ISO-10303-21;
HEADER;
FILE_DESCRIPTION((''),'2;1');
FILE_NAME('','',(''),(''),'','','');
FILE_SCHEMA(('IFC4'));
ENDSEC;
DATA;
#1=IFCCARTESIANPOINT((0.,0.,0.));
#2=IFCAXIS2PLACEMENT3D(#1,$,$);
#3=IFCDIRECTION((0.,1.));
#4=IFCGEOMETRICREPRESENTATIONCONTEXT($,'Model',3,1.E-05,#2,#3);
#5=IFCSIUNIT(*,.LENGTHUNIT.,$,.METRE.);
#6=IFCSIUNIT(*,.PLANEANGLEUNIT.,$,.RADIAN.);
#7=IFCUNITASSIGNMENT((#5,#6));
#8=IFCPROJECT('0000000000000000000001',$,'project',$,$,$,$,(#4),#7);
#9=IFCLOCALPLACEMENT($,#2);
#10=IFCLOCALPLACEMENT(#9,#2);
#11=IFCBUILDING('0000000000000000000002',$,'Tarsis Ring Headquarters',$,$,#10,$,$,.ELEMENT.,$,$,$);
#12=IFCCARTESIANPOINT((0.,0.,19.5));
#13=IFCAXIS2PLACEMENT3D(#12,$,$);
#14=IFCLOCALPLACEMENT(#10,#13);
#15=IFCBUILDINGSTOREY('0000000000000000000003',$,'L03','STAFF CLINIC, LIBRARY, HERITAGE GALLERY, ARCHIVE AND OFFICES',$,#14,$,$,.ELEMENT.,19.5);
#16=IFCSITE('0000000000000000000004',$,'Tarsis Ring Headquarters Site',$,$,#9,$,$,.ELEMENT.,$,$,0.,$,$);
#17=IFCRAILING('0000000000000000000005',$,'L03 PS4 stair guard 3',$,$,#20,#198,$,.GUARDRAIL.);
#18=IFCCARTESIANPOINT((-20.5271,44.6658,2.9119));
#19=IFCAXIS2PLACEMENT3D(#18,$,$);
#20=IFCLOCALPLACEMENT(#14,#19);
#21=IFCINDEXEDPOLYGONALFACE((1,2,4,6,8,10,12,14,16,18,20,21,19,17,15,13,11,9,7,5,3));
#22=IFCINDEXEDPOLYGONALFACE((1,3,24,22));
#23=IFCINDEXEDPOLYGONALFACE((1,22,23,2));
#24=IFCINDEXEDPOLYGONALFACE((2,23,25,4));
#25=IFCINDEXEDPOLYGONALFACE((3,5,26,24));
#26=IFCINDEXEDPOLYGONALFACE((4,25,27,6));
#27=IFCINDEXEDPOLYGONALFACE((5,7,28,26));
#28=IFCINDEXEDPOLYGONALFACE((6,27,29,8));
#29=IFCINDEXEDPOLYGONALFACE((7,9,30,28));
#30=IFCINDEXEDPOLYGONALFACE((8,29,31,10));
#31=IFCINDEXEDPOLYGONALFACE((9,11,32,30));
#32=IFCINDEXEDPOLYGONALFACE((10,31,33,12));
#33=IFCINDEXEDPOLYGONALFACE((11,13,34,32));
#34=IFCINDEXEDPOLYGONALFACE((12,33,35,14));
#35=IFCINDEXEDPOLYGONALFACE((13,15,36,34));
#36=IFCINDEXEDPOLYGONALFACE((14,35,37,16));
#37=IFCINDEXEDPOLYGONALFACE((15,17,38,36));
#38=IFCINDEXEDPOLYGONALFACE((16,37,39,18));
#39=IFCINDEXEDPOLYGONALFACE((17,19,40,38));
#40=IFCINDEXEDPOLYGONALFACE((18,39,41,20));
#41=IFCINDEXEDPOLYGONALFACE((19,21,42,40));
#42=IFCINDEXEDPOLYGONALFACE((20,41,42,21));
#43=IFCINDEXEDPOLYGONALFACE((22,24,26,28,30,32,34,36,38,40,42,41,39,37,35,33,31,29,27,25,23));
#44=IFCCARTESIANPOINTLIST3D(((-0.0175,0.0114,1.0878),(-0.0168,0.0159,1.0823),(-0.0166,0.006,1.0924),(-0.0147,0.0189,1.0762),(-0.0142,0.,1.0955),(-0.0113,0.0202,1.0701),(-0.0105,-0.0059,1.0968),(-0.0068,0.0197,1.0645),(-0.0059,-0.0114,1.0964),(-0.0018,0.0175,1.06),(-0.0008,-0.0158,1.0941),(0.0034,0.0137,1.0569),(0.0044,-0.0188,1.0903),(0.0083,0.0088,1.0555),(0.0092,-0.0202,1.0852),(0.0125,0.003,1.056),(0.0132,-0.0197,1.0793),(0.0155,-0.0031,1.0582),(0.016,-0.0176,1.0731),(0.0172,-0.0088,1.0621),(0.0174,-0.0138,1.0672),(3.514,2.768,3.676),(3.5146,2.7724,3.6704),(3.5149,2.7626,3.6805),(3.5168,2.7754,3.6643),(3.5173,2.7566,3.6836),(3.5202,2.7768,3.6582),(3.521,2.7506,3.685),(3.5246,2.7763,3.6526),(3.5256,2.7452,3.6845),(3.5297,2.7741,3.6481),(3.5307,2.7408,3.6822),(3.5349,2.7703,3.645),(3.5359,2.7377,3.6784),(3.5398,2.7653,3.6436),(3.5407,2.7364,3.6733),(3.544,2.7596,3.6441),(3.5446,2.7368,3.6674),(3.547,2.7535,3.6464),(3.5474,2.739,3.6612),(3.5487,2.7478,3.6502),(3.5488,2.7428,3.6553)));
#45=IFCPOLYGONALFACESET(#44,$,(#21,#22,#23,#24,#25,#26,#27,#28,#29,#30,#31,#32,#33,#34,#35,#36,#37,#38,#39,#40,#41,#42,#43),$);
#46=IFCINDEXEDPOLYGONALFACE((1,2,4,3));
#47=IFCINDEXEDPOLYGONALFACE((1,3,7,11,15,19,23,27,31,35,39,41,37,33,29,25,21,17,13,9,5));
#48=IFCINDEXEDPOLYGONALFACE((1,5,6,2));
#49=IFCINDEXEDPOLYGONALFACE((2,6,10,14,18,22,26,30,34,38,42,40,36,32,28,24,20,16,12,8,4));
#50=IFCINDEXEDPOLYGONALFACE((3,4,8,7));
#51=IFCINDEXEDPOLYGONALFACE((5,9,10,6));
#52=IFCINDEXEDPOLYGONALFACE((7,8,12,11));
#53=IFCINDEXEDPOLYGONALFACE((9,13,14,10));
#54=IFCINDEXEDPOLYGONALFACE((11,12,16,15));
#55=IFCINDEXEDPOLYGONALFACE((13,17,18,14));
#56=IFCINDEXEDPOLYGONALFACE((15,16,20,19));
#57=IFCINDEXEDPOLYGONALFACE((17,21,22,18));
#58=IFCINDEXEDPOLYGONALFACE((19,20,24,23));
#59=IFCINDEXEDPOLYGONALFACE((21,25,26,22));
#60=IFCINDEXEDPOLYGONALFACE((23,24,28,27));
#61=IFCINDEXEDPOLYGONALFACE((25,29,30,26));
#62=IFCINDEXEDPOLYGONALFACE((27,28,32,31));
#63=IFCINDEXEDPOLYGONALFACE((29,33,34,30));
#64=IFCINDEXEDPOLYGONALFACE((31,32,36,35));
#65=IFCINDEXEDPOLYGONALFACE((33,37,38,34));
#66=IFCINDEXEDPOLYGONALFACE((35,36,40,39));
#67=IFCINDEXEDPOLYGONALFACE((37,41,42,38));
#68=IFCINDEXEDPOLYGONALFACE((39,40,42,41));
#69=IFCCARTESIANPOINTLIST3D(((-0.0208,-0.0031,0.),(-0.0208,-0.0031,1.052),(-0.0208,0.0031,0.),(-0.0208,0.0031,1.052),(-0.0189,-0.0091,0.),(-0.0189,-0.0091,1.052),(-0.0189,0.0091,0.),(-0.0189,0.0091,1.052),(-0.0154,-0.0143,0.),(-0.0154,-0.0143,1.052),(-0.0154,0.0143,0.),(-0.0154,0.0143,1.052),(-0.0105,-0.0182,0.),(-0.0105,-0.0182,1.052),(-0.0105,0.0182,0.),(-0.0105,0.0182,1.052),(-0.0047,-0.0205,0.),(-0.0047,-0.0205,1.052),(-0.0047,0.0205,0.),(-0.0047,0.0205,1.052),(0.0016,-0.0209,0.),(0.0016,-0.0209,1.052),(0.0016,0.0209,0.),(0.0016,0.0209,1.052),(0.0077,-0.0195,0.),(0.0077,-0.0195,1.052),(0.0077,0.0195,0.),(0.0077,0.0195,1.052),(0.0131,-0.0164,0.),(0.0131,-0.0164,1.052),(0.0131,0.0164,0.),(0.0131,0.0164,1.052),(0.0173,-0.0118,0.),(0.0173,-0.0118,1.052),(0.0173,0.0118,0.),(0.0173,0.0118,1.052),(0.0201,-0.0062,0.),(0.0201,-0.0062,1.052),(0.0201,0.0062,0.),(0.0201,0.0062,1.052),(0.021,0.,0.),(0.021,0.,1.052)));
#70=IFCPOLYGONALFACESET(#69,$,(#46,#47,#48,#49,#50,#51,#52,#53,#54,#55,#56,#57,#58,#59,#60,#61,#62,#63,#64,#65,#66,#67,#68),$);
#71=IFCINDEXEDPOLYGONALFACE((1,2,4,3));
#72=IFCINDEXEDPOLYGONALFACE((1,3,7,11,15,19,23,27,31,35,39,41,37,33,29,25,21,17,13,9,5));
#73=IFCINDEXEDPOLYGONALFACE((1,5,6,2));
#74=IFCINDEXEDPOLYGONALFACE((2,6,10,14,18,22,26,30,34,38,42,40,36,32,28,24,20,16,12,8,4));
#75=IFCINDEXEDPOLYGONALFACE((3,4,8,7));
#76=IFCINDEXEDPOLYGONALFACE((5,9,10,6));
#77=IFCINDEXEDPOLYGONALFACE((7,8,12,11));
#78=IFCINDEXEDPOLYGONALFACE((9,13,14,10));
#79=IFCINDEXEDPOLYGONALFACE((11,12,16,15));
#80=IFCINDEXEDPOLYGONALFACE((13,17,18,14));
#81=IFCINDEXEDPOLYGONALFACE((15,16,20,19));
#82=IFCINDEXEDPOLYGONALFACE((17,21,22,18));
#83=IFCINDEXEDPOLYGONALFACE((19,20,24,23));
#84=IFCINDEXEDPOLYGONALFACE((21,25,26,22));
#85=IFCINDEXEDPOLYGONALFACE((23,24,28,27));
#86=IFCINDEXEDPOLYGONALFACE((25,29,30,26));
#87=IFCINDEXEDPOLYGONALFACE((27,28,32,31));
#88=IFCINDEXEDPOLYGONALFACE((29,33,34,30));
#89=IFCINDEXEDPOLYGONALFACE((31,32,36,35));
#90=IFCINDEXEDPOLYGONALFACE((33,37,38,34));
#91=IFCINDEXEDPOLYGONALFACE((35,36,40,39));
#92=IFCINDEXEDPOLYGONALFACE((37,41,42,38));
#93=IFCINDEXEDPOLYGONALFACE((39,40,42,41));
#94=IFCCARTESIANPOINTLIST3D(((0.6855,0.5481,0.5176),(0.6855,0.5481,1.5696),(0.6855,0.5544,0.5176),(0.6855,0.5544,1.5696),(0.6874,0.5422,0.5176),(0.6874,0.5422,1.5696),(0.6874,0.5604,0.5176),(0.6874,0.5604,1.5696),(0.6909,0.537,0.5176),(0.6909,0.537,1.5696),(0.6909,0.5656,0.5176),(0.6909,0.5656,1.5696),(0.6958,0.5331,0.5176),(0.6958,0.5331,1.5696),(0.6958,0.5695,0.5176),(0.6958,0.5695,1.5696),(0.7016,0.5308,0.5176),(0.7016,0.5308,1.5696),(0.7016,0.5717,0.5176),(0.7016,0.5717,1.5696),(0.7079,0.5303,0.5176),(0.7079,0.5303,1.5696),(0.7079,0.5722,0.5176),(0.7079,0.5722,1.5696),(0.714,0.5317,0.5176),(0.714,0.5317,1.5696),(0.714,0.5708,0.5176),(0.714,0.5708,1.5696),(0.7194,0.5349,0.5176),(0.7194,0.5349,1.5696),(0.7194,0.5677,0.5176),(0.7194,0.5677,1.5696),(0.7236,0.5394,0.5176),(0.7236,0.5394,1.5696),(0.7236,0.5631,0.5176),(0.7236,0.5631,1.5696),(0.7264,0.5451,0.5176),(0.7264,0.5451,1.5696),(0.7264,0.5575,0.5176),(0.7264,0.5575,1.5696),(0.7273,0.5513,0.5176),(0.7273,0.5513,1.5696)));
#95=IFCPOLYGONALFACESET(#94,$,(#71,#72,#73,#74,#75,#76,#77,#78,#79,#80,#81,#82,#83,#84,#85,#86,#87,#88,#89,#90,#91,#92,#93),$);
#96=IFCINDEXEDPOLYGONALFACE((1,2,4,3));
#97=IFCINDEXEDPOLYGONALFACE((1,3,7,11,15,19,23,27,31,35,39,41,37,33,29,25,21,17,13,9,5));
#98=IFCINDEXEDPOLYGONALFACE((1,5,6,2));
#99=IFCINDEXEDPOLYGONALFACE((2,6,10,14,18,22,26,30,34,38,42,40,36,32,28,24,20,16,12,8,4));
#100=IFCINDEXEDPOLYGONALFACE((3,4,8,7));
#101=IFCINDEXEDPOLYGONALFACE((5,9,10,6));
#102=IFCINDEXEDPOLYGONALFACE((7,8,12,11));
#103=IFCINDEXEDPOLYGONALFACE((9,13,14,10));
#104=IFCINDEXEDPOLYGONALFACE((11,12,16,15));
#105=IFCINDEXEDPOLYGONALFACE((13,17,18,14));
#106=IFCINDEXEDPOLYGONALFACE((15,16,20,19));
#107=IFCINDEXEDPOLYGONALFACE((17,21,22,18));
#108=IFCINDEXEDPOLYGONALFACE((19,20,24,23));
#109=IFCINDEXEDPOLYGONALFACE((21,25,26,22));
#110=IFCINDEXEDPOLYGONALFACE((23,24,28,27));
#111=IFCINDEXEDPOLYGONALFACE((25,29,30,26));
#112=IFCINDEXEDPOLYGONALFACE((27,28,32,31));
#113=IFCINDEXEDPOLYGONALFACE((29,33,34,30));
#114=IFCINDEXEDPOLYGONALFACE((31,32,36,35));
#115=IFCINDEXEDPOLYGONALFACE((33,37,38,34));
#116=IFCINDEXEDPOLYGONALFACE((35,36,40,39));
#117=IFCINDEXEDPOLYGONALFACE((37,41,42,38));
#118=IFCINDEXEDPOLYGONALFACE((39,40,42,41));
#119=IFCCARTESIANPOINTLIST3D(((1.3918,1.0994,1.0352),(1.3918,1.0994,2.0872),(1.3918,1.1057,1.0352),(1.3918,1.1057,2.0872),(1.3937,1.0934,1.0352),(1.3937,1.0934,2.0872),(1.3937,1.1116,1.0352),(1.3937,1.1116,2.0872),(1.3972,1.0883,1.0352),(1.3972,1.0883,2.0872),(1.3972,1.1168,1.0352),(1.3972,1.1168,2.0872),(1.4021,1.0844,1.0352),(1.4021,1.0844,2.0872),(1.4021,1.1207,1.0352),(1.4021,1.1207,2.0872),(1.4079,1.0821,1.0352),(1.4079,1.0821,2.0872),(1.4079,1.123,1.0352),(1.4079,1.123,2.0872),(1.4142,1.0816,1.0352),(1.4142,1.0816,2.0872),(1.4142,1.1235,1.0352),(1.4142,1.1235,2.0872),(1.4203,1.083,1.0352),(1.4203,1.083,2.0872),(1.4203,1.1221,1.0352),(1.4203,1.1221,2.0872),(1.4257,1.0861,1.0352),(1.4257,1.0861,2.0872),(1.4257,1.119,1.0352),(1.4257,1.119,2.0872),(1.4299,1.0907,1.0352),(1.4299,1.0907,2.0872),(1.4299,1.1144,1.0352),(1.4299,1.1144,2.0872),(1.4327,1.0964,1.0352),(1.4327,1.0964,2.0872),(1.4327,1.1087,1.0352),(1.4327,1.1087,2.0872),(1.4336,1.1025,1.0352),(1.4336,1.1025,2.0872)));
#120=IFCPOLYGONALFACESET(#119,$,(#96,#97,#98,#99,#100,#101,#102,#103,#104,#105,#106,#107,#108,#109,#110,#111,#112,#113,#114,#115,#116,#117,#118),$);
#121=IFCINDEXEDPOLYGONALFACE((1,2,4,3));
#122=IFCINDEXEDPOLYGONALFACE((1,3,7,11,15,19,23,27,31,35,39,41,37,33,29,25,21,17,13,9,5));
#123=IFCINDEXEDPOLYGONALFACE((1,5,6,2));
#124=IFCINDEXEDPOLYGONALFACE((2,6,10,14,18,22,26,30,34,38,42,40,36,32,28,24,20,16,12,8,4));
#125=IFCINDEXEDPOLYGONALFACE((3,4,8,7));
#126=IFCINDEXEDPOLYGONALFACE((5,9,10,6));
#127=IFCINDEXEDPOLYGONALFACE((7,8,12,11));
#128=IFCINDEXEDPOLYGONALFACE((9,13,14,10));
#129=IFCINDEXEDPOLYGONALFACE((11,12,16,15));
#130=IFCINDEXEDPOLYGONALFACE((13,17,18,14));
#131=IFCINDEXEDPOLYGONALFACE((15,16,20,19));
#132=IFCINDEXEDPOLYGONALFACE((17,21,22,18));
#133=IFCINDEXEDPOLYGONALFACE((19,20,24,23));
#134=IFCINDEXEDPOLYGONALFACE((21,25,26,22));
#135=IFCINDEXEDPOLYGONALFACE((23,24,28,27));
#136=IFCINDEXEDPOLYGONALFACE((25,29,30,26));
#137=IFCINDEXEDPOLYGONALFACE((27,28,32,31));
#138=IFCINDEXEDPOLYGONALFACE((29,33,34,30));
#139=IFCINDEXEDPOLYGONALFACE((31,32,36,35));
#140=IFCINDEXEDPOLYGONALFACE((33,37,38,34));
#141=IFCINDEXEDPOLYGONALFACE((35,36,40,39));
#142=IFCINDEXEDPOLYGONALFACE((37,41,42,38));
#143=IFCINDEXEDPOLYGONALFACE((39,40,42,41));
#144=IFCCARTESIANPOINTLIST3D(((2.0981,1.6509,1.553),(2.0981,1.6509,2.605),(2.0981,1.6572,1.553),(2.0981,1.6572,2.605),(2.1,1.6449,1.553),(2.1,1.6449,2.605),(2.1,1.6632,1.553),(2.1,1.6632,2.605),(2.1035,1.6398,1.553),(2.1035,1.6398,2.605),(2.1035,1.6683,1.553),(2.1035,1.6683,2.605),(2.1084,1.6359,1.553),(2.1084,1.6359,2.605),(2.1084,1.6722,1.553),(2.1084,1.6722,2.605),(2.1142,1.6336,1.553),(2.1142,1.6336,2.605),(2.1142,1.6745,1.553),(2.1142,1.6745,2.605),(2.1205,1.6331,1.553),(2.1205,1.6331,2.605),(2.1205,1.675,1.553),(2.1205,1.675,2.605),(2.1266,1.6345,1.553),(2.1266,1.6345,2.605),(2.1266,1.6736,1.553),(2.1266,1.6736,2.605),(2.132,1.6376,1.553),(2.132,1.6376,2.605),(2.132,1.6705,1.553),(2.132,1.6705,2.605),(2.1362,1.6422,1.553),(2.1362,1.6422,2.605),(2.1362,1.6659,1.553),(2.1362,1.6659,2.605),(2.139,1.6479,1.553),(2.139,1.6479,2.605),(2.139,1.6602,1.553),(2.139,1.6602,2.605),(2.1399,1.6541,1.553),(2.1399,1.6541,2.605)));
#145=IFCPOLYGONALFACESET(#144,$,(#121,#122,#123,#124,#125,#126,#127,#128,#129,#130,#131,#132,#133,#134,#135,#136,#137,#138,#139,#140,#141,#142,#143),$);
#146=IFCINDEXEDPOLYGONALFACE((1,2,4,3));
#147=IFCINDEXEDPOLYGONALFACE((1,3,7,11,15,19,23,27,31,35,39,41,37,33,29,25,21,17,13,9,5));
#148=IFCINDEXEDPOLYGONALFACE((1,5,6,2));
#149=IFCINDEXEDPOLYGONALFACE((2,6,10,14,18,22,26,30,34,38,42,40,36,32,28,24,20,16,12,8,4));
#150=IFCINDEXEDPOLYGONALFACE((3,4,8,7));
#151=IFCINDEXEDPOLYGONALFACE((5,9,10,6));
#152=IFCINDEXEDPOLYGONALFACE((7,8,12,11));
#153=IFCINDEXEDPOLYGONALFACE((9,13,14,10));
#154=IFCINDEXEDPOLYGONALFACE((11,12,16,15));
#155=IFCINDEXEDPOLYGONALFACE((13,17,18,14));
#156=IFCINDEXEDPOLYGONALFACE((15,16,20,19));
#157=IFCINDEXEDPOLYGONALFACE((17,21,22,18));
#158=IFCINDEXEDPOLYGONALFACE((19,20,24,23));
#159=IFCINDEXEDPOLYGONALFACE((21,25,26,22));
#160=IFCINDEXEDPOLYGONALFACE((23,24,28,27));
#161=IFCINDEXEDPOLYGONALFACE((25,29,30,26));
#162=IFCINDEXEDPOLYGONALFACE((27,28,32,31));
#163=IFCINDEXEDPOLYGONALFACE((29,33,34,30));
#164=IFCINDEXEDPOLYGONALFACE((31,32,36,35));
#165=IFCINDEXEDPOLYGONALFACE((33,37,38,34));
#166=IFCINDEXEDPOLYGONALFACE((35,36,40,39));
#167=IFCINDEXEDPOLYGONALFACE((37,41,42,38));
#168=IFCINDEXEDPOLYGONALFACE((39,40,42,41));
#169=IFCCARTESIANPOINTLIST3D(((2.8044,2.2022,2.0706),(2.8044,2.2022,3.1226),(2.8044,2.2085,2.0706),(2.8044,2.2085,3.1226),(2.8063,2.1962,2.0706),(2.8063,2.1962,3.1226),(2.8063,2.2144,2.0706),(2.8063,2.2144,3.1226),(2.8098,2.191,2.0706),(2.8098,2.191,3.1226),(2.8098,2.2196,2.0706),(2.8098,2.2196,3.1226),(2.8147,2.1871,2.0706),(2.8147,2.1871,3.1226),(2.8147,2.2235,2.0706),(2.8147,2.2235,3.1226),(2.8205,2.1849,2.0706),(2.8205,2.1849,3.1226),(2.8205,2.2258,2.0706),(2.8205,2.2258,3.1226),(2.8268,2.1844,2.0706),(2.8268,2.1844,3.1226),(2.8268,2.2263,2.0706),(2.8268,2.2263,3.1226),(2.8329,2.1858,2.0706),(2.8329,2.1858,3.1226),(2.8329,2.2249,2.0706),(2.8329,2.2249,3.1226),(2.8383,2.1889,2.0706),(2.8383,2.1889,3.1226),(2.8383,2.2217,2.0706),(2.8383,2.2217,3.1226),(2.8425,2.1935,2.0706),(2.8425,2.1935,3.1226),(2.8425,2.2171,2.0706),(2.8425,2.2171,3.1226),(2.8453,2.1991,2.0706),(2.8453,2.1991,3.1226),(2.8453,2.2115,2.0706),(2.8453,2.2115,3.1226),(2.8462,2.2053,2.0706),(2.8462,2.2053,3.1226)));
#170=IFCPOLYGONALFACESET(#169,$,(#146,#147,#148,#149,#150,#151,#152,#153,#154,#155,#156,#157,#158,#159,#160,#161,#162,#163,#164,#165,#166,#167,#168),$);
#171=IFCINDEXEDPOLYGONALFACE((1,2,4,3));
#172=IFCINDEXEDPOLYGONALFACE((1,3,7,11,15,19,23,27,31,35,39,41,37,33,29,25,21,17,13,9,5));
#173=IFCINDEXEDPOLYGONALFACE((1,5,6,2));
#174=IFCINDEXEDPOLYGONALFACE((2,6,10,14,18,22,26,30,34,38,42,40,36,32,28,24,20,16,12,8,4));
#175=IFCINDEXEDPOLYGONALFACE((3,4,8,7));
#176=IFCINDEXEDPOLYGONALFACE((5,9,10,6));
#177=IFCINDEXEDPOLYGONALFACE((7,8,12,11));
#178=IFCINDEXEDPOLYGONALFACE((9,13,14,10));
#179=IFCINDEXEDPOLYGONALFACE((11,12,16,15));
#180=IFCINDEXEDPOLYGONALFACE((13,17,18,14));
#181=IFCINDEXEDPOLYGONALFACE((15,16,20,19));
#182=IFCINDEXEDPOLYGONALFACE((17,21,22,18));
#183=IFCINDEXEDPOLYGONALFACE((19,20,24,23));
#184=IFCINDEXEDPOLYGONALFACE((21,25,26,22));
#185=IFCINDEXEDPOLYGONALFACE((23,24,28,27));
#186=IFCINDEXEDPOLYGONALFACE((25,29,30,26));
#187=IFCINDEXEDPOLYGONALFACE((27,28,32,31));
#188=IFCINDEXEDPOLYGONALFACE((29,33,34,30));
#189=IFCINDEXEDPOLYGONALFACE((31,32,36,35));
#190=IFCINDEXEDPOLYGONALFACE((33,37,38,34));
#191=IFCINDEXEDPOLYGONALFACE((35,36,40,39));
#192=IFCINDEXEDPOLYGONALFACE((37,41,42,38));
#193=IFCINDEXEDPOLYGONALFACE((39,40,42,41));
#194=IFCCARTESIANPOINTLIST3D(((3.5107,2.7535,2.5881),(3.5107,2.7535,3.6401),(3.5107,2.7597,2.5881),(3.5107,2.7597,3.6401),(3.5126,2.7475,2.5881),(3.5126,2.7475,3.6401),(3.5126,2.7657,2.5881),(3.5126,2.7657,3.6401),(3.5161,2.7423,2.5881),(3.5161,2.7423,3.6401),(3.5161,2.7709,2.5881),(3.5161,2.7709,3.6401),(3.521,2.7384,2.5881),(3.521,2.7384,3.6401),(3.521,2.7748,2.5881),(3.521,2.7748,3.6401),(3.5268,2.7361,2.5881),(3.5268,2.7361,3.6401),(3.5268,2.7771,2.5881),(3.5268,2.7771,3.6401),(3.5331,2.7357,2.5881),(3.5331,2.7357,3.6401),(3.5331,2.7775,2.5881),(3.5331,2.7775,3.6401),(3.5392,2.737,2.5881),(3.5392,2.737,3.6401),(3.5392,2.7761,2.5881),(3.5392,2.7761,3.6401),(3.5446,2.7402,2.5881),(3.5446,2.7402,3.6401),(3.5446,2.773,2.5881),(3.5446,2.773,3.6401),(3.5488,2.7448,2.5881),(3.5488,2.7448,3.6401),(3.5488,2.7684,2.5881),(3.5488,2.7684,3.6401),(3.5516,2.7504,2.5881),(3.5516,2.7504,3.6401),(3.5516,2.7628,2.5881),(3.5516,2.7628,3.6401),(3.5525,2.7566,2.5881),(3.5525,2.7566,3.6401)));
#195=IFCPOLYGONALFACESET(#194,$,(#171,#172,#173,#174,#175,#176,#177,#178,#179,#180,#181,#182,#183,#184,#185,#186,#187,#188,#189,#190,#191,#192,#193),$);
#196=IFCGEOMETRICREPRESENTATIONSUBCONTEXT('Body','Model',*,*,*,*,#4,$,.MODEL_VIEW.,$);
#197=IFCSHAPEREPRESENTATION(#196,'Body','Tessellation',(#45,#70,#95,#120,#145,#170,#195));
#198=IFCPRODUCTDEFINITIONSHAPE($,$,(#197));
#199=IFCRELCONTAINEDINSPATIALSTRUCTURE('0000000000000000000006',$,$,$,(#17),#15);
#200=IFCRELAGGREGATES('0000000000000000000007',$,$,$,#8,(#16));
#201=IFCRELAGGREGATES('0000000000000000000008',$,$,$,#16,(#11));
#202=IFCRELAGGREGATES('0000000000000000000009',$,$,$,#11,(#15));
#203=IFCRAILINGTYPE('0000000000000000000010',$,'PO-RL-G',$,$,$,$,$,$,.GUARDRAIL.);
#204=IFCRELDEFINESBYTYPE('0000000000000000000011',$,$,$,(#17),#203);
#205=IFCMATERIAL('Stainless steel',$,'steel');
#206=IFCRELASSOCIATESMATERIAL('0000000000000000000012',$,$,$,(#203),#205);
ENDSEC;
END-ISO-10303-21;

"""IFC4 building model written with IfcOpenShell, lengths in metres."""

from ifc_helpers import new_model, si_unit, direction, frame, origin, origin_2d, place, context, subcontext, project, spatial, circle, extrude, material, type_object, element, save


model = new_model("IFC4")

# Units and contexts
model_context = context("Model", 3, precision=1e-05, world=origin(), true_north=direction((0.0, 1.0)))
body_context = subcontext(model_context, "Body", "Model", "MODEL_VIEW")
ifc_project = project(units=[si_unit("LENGTHUNIT", "METRE"), si_unit("PLANEANGLEUNIT", "RADIAN")], contexts=[model_context])

# Site, building, storey
site_placement = place(None, origin())
site = spatial("IfcSite", under=ifc_project, at=site_placement, Name="Tarsis Ring Headquarters Site", CompositionType="ELEMENT", RefElevation=0.0)
building_placement = place(site_placement, origin())
building = spatial("IfcBuilding", under=site, at=building_placement, Name="Tarsis Ring Headquarters", CompositionType="ELEMENT")
storey_placement = place(building_placement, frame((0.0, 0.0, 19.5)))
storey = spatial("IfcBuildingStorey", under=building, at=storey_placement, Name="L03", Description="STAFF CLINIC, LIBRARY, HERITAGE GALLERY, ARCHIVE AND OFFICES", CompositionType="ELEMENT", Elevation=19.5)

# Railing
ifc_material_1 = material(Name="Stainless steel", Category="steel")
railing_type_1 = type_object("IfcRailingType", Name="PO-RL-G", PredefinedType="GUARDRAIL", material=ifc_material_1)
railing_1_placement = place(storey_placement, frame((-20.5271, 44.6658, 2.9119)))
element("IfcRailing", 1, at=railing_1_placement, inside=storey, type_object=railing_type_1, Name="L03 PS4 stair guard 3", PredefinedType="GUARDRAIL", context=body_context, shape_type="SweptSolid", body=[
    extrude(circle(Radius=0.0239, at=origin_2d()), frame((0.0, 0.0, 1.0762), z_axis=(0.682566, 0.532793, 0.500234), x_axis=(-0.615313, 0.788283, 0.0)), (0.0, 0.0, 1.0), 5.1738),
    extrude(circle(Radius=0.021, at=origin_2d()), origin(), (0.0, 0.0, 1.0), 1.052),
    extrude(circle(Radius=0.021, at=origin_2d()), frame((0.7063, 0.5513, 0.5176)), (0.0, 0.0, 1.0), 1.052),
    extrude(circle(Radius=0.021, at=origin_2d()), frame((1.4126, 1.1025, 1.0352)), (0.0, 0.0, 1.0), 1.052),
    extrude(circle(Radius=0.021, at=origin_2d()), frame((2.1189, 1.6541, 1.553)), (0.0, 0.0, 1.0), 1.052),
    extrude(circle(Radius=0.021, at=origin_2d()), frame((2.8252, 2.2053, 2.0706)), (0.0, 0.0, 1.0), 1.052),
    extrude(circle(Radius=0.021, at=origin_2d()), frame((3.5315, 2.7566, 2.5881)), (0.0, 0.0, 1.0), 1.052),
])

save(model, "model.ifc")
